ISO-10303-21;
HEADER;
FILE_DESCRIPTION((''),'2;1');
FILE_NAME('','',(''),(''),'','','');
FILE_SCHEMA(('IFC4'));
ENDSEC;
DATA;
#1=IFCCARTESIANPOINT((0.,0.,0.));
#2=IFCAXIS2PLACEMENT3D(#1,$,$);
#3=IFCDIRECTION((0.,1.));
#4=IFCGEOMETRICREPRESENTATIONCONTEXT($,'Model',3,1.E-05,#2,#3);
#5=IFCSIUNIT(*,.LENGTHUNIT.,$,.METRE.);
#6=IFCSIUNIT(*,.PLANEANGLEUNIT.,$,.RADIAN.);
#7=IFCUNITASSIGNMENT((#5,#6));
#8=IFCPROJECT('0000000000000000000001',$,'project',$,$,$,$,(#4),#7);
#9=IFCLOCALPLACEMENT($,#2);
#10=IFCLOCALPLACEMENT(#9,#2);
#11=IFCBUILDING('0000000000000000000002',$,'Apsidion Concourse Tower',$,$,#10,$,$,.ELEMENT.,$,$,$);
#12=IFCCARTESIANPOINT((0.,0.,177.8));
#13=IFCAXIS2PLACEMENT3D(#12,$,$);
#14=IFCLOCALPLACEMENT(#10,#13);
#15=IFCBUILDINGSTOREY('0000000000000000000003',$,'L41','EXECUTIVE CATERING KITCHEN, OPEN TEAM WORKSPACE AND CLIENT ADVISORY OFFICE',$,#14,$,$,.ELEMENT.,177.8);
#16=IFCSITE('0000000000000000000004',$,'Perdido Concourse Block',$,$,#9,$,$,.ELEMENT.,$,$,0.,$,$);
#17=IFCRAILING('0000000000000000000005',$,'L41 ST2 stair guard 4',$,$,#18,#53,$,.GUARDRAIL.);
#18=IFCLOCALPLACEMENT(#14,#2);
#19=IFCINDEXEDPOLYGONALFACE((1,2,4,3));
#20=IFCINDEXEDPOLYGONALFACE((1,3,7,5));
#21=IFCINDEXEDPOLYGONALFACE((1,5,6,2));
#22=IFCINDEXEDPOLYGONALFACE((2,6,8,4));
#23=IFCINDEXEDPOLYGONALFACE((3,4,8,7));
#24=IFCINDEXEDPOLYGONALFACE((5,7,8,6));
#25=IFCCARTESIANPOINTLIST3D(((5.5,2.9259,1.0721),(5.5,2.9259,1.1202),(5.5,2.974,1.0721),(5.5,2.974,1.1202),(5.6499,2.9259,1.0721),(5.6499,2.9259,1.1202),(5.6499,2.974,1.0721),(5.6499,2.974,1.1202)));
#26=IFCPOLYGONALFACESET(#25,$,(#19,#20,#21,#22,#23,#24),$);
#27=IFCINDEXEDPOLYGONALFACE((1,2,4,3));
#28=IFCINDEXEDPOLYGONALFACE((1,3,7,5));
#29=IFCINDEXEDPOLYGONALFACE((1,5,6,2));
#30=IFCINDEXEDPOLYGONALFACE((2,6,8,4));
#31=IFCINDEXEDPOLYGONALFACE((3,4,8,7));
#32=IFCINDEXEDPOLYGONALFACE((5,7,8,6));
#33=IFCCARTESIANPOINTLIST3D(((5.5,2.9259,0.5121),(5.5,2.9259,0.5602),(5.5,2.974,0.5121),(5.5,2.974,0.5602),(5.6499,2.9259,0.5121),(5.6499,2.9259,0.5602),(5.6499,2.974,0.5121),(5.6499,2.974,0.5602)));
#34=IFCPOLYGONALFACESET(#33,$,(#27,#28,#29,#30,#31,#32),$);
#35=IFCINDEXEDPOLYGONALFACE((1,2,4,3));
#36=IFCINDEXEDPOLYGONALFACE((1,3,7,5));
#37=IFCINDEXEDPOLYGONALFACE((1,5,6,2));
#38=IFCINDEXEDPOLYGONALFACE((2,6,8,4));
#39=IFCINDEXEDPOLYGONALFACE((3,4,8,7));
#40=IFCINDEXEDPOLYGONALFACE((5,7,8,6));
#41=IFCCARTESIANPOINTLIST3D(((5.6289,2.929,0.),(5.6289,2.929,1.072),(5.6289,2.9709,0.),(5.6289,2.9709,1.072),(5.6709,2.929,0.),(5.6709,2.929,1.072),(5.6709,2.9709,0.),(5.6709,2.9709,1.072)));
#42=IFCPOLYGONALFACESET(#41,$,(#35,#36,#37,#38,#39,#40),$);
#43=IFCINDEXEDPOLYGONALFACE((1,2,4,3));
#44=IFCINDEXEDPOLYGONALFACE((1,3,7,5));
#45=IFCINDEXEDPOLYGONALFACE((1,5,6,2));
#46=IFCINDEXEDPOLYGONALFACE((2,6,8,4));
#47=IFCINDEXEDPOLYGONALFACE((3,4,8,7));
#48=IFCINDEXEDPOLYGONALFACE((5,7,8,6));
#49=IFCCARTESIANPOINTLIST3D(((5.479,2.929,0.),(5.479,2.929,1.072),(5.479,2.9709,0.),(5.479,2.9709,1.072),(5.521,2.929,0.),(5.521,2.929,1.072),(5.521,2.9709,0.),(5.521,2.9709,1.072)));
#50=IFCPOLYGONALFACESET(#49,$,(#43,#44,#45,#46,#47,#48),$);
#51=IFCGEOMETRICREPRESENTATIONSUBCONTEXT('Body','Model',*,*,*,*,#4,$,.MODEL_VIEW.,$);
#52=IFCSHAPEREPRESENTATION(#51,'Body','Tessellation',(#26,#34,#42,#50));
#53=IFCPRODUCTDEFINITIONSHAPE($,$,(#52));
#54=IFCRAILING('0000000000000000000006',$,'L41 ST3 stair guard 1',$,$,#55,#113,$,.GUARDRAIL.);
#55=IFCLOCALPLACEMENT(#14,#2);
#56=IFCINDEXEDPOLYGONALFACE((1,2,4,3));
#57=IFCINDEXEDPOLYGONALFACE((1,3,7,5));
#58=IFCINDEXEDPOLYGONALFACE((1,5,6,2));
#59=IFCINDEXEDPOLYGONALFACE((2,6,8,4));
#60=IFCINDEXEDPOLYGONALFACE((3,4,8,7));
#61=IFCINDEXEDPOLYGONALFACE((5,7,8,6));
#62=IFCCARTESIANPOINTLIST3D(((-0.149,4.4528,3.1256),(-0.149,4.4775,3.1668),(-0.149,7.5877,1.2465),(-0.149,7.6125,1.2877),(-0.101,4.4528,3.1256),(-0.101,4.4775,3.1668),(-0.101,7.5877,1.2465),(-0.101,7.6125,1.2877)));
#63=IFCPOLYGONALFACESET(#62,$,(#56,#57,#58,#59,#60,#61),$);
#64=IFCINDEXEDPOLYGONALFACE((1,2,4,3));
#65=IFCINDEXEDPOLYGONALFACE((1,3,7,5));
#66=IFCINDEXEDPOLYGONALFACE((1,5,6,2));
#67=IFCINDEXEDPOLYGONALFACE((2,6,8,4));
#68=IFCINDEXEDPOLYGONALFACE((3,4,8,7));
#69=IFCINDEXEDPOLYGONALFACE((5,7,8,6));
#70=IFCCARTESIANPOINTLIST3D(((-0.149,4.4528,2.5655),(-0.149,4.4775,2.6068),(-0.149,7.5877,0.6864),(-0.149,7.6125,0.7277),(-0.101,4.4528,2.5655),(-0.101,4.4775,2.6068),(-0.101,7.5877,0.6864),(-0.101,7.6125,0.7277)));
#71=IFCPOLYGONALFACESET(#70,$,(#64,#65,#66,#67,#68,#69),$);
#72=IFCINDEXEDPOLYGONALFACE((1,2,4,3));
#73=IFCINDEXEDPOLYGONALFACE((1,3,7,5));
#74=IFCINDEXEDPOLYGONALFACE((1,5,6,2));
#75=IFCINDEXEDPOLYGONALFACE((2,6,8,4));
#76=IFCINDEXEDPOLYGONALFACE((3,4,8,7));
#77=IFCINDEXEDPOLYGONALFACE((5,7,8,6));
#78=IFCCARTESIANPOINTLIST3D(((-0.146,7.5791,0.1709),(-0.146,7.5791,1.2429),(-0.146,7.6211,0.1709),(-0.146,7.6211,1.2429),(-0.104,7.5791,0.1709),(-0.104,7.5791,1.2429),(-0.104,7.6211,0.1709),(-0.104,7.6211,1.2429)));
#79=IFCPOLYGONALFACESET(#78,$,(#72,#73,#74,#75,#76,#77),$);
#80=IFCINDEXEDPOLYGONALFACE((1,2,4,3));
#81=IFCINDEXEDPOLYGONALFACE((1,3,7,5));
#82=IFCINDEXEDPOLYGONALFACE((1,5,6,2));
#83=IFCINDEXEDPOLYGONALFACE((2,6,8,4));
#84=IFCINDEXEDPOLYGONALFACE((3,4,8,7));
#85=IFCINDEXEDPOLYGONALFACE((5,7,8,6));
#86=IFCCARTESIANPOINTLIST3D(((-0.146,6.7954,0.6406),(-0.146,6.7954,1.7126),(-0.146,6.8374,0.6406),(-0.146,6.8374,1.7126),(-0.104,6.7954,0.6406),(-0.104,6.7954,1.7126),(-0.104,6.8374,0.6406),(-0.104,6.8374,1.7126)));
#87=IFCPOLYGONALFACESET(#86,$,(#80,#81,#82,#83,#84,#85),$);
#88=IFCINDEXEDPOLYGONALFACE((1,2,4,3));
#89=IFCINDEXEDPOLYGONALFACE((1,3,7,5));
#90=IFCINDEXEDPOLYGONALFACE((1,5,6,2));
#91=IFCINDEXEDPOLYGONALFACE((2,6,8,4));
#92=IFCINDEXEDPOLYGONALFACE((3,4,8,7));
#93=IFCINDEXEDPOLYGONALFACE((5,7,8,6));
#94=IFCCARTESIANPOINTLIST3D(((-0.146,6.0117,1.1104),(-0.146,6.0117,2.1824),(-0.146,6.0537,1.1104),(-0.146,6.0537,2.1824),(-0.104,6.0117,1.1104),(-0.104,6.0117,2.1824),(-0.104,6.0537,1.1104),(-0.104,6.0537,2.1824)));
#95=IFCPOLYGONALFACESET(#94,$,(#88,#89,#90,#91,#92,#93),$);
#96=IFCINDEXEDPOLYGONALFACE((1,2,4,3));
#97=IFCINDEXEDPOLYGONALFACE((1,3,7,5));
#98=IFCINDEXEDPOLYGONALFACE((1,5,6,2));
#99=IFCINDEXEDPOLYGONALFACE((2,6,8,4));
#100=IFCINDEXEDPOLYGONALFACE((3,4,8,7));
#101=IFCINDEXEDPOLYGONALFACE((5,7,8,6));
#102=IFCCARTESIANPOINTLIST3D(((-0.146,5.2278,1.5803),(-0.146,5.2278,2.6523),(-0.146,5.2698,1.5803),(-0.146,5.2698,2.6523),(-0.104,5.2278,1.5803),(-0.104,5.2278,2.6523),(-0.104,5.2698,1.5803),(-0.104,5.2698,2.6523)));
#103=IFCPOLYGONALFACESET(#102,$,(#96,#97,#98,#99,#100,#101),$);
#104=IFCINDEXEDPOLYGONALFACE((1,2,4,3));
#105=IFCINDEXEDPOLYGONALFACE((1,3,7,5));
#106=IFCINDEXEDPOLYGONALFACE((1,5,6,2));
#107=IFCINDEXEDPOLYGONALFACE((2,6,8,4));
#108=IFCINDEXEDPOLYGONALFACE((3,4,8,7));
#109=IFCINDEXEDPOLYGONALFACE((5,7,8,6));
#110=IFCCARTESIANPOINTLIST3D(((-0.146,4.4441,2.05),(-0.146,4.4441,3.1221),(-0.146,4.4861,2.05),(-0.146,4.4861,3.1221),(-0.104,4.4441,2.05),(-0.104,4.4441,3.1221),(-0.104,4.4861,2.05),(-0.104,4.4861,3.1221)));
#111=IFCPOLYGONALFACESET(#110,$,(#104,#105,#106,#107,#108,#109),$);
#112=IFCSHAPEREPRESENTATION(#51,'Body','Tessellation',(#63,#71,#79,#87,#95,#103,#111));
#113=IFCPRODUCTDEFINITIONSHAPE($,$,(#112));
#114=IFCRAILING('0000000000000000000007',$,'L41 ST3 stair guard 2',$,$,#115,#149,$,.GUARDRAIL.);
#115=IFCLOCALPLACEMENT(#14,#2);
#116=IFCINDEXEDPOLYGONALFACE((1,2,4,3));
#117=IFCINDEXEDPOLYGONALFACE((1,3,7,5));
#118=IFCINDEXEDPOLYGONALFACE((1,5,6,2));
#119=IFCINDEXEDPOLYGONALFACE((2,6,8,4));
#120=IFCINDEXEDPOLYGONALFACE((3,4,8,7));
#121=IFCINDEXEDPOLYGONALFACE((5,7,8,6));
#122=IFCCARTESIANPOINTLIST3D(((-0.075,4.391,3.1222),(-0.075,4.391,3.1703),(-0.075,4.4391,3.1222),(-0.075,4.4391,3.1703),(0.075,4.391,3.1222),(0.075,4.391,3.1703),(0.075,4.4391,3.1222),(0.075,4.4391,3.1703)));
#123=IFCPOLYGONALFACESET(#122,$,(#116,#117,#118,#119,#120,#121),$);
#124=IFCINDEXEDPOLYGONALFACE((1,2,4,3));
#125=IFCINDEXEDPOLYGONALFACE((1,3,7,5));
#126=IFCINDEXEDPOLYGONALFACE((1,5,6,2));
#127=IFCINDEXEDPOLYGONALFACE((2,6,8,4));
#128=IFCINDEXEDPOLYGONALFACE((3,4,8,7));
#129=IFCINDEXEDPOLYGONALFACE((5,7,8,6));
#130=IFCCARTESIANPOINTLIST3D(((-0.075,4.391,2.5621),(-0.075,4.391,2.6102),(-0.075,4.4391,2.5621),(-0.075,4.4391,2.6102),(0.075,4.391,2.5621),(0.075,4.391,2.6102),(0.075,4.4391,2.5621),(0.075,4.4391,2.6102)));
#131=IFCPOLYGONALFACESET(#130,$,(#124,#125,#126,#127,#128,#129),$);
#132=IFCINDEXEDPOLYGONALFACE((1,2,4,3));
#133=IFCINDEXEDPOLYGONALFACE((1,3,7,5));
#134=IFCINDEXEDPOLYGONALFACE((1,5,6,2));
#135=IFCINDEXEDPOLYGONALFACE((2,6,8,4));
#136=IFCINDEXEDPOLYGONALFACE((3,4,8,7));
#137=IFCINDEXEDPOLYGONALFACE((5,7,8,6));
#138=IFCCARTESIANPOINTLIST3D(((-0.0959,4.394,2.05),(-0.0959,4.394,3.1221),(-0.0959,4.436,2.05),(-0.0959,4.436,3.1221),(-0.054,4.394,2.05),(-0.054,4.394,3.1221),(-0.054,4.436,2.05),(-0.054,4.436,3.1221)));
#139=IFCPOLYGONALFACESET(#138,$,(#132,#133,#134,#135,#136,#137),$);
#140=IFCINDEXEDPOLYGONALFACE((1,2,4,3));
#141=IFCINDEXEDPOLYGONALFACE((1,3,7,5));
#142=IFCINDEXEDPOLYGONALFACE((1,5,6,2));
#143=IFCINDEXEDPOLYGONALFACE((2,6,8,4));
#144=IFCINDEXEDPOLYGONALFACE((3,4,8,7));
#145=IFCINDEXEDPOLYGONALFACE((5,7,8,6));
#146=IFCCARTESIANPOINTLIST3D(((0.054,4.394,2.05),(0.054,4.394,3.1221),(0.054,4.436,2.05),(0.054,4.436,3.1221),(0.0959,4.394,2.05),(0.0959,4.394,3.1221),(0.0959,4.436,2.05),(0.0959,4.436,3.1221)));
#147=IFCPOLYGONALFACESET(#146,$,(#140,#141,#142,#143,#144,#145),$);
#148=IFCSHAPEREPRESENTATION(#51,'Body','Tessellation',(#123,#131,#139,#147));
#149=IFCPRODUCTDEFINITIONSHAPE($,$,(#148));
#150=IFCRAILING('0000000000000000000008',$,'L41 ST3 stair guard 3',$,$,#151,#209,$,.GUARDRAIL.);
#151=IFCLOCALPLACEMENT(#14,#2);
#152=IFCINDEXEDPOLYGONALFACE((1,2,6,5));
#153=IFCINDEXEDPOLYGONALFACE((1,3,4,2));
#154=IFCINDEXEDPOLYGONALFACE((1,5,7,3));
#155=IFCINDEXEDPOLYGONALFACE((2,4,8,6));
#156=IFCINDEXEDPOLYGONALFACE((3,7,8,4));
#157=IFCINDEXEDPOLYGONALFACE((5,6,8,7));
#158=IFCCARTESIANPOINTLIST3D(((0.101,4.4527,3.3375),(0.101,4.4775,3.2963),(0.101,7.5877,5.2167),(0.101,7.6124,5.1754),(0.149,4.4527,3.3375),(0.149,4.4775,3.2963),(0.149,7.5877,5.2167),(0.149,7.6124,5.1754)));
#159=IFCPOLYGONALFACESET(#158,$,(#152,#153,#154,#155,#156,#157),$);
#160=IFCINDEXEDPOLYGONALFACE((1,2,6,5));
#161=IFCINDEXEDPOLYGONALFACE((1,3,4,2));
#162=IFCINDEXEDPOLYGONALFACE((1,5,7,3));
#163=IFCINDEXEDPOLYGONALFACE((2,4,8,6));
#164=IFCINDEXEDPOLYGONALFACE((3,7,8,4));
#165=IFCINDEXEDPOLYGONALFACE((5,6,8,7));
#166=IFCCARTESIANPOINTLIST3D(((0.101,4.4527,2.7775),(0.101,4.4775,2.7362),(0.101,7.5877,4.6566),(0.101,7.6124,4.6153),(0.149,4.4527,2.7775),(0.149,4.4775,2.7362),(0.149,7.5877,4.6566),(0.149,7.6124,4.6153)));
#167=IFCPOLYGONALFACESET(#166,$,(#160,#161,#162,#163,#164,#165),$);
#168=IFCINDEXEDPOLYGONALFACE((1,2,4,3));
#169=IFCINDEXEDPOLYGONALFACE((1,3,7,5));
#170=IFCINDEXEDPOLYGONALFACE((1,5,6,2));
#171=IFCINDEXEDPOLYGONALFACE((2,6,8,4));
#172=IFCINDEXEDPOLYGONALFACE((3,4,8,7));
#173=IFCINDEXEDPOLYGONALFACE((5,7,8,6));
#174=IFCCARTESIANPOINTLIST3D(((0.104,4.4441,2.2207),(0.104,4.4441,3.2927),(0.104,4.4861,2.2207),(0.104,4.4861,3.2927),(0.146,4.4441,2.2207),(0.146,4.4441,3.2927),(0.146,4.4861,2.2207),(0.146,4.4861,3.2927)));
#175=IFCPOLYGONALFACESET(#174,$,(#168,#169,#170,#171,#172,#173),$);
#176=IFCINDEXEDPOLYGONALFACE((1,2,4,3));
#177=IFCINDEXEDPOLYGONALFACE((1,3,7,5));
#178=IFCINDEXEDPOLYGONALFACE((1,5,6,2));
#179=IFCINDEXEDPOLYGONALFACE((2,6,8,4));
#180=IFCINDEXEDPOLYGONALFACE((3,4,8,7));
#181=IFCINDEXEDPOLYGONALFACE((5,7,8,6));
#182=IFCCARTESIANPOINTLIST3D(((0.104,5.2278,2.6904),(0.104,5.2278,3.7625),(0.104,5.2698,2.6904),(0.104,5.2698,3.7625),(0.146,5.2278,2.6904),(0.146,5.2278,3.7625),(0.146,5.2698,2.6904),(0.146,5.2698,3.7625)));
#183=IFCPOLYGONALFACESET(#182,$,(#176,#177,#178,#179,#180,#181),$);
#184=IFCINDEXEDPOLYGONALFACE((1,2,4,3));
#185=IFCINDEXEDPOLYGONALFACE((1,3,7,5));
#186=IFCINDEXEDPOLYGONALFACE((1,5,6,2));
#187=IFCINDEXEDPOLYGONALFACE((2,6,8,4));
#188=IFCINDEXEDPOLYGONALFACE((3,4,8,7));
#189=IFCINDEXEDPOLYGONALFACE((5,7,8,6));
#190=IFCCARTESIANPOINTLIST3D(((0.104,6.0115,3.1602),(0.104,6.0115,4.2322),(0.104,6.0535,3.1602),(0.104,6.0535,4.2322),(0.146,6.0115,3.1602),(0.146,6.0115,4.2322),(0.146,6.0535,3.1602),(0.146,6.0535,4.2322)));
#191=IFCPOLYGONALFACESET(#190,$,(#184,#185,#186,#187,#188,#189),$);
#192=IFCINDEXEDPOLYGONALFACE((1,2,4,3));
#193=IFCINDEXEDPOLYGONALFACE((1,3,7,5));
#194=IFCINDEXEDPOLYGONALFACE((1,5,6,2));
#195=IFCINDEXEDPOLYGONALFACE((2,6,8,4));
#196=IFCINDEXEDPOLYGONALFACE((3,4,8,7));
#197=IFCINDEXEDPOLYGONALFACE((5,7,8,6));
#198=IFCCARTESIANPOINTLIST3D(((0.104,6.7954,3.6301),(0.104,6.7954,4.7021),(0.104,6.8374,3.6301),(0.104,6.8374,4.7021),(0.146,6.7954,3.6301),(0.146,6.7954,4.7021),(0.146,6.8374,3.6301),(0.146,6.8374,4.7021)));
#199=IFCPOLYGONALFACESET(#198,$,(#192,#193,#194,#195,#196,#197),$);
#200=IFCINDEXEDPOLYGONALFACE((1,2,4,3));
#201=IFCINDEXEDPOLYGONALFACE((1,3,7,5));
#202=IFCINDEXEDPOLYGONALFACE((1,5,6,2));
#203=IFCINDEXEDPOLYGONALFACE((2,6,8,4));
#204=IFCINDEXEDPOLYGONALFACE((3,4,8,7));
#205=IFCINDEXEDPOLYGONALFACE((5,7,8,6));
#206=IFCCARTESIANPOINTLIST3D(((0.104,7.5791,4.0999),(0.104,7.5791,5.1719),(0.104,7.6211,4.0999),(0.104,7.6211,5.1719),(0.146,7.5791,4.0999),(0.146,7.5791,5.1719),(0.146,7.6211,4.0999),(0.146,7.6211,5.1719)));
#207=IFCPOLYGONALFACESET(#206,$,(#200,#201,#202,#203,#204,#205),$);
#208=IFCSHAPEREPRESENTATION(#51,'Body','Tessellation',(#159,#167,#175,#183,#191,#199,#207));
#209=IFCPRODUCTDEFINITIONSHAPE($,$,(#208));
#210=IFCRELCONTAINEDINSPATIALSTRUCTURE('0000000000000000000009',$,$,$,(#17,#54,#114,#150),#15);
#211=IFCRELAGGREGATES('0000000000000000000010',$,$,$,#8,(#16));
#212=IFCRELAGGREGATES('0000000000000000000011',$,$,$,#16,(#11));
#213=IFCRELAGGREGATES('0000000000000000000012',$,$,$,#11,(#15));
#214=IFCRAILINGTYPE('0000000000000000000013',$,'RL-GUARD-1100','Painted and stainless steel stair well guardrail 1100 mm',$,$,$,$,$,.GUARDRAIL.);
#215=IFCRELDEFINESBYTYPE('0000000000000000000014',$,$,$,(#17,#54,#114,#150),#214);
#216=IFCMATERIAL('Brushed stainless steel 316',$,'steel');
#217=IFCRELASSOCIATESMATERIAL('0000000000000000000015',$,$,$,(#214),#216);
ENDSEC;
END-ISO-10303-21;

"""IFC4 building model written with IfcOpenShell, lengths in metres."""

from ifc_helpers import new_model, si_unit, direction, frame, origin, origin_2d, place, context, subcontext, project, spatial, rectangle, extrude, material, type_object, element, save


model = new_model("IFC4")

# Units and contexts
model_context = context("Model", 3, precision=1e-05, world=origin(), true_north=direction((0.0, 1.0)))
body_context = subcontext(model_context, "Body", "Model", "MODEL_VIEW")
ifc_project = project(units=[si_unit("LENGTHUNIT", "METRE"), si_unit("PLANEANGLEUNIT", "RADIAN")], contexts=[model_context])

# Site, building, storey
site_placement = place(None, origin())
site = spatial("IfcSite", under=ifc_project, at=site_placement, Name="Perdido Concourse Block", CompositionType="ELEMENT", RefElevation=0.0)
building_placement = place(site_placement, origin())
building = spatial("IfcBuilding", under=site, at=building_placement, Name="Apsidion Concourse Tower", CompositionType="ELEMENT")
storey_placement = place(building_placement, frame((0.0, 0.0, 177.8)))
storey = spatial("IfcBuildingStorey", under=building, at=storey_placement, Name="L41", Description="EXECUTIVE CATERING KITCHEN, OPEN TEAM WORKSPACE AND CLIENT ADVISORY OFFICE", CompositionType="ELEMENT", Elevation=177.8)

# Railings
ifc_material_1 = material(Name="Brushed stainless steel 316", Category="steel")
railing_type_1 = type_object("IfcRailingType", Name="RL-GUARD-1100", Description="Painted and stainless steel stair well guardrail 1100 mm", PredefinedType="GUARDRAIL", material=ifc_material_1)
railing_1_placement = place(storey_placement, frame((5.6499, 2.95, 0.0)))
element("IfcRailing", 1, at=railing_1_placement, inside=storey, type_object=railing_type_1, Name="L41 ST2 stair guard 4", PredefinedType="GUARDRAIL", context=body_context, shape_type="SweptSolid", body=[
    extrude(rectangle(XDim=0.0481, YDim=0.0481, at=origin_2d()), frame((0.0, 0.0, 1.0962), z_axis=(-1.0, 0.0, 0.0), x_axis=(0.0, -1.0, 0.0)), (0.0, 0.0, 1.0), 0.1499),
    extrude(rectangle(XDim=0.0481, YDim=0.0481, at=origin_2d()), frame((0.0, 0.0, 0.5361), z_axis=(-1.0, 0.0, 0.0), x_axis=(0.0, -1.0, 0.0)), (0.0, 0.0, 1.0), 0.1499),
    extrude(rectangle(XDim=0.042, YDim=0.042, at=origin_2d()), origin(), (0.0, 0.0, 1.0), 1.072),
    extrude(rectangle(XDim=0.042, YDim=0.042, at=origin_2d()), frame((-0.1499, 0.0, 0.0)), (0.0, 0.0, 1.0), 1.072),
])
railing_2_placement = place(storey_placement, frame((-0.125, 7.6001, 0.1709)))
element("IfcRailing", 2, at=railing_2_placement, inside=storey, type_object=railing_type_1, Name="L41 ST3 stair guard 1", PredefinedType="GUARDRAIL", context=body_context, shape_type="SweptSolid", body=[
    extrude(rectangle(XDim=0.0481, YDim=0.0481, at=origin_2d()), frame((0.0, 0.0, 1.0962), z_axis=(0.0, -0.857717, 0.514122), x_axis=(1.0, 0.0, 0.0)), (0.0, 0.0, 1.0), 3.655),
    extrude(rectangle(XDim=0.0481, YDim=0.0481, at=origin_2d()), frame((0.0, 0.0, 0.5361), z_axis=(0.0, -0.857717, 0.514122), x_axis=(1.0, 0.0, 0.0)), (0.0, 0.0, 1.0), 3.655),
    extrude(rectangle(XDim=0.042, YDim=0.042, at=origin_2d()), origin(), (0.0, 0.0, 1.0), 1.072),
    extrude(rectangle(XDim=0.042, YDim=0.042, at=origin_2d()), frame((0.0, -0.7837, 0.4697)), (0.0, 0.0, 1.0), 1.072),
    extrude(rectangle(XDim=0.042, YDim=0.042, at=origin_2d()), frame((0.0, -1.5674, 0.9395)), (0.0, 0.0, 1.0), 1.072),
    extrude(rectangle(XDim=0.042, YDim=0.042, at=origin_2d()), frame((0.0, -2.3513, 1.4094)), (0.0, 0.0, 1.0), 1.072),
    extrude(rectangle(XDim=0.042, YDim=0.042, at=origin_2d()), frame((0.0, -3.135, 1.8792)), (0.0, 0.0, 1.0), 1.072),
])
railing_3_placement = place(storey_placement, frame((-0.075, 4.415, 2.05)))
element("IfcRailing", 3, at=railing_3_placement, inside=storey, type_object=railing_type_1, Name="L41 ST3 stair guard 2", PredefinedType="GUARDRAIL", context=body_context, shape_type="SweptSolid", body=[
    extrude(rectangle(XDim=0.0481, YDim=0.0481, at=origin_2d()), frame((0.0, 0.0, 1.0962), z_axis=(1.0, 0.0, 0.0), x_axis=(0.0, 1.0, 0.0)), (0.0, 0.0, 1.0), 0.1499),
    extrude(rectangle(XDim=0.0481, YDim=0.0481, at=origin_2d()), frame((0.0, 0.0, 0.5361), z_axis=(1.0, 0.0, 0.0), x_axis=(0.0, 1.0, 0.0)), (0.0, 0.0, 1.0), 0.1499),
    extrude(rectangle(XDim=0.042, YDim=0.042, at=origin_2d()), origin(), (0.0, 0.0, 1.0), 1.072),
    extrude(rectangle(XDim=0.042, YDim=0.042, at=origin_2d()), frame((0.1499, 0.0, 0.0)), (0.0, 0.0, 1.0), 1.072),
])
railing_4_placement = place(storey_placement, frame((0.125, 4.4651, 2.2207)))
element("IfcRailing", 4, at=railing_4_placement, inside=storey, type_object=railing_type_1, Name="L41 ST3 stair guard 3", PredefinedType="GUARDRAIL", context=body_context, shape_type="SweptSolid", body=[
    extrude(rectangle(XDim=0.0481, YDim=0.0481, at=origin_2d()), frame((0.0, 0.0, 1.0962), z_axis=(0.0, 0.857717, 0.514122), x_axis=(-1.0, 0.0, 0.0)), (0.0, 0.0, 1.0), 3.655),
    extrude(rectangle(XDim=0.0481, YDim=0.0481, at=origin_2d()), frame((0.0, 0.0, 0.5361), z_axis=(0.0, 0.857717, 0.514122), x_axis=(-1.0, 0.0, 0.0)), (0.0, 0.0, 1.0), 3.655),
    extrude(rectangle(XDim=0.042, YDim=0.042, at=origin_2d()), origin(), (0.0, 0.0, 1.0), 1.072),
    extrude(rectangle(XDim=0.042, YDim=0.042, at=origin_2d()), frame((0.0, 0.7837, 0.4697)), (0.0, 0.0, 1.0), 1.072),
    extrude(rectangle(XDim=0.042, YDim=0.042, at=origin_2d()), frame((0.0, 1.5674, 0.9395)), (0.0, 0.0, 1.0), 1.072),
    extrude(rectangle(XDim=0.042, YDim=0.042, at=origin_2d()), frame((0.0, 2.3513, 1.4094)), (0.0, 0.0, 1.0), 1.072),
    extrude(rectangle(XDim=0.042, YDim=0.042, at=origin_2d()), frame((0.0, 3.135, 1.8792)), (0.0, 0.0, 1.0), 1.072),
])

save(model, "model.ifc")
